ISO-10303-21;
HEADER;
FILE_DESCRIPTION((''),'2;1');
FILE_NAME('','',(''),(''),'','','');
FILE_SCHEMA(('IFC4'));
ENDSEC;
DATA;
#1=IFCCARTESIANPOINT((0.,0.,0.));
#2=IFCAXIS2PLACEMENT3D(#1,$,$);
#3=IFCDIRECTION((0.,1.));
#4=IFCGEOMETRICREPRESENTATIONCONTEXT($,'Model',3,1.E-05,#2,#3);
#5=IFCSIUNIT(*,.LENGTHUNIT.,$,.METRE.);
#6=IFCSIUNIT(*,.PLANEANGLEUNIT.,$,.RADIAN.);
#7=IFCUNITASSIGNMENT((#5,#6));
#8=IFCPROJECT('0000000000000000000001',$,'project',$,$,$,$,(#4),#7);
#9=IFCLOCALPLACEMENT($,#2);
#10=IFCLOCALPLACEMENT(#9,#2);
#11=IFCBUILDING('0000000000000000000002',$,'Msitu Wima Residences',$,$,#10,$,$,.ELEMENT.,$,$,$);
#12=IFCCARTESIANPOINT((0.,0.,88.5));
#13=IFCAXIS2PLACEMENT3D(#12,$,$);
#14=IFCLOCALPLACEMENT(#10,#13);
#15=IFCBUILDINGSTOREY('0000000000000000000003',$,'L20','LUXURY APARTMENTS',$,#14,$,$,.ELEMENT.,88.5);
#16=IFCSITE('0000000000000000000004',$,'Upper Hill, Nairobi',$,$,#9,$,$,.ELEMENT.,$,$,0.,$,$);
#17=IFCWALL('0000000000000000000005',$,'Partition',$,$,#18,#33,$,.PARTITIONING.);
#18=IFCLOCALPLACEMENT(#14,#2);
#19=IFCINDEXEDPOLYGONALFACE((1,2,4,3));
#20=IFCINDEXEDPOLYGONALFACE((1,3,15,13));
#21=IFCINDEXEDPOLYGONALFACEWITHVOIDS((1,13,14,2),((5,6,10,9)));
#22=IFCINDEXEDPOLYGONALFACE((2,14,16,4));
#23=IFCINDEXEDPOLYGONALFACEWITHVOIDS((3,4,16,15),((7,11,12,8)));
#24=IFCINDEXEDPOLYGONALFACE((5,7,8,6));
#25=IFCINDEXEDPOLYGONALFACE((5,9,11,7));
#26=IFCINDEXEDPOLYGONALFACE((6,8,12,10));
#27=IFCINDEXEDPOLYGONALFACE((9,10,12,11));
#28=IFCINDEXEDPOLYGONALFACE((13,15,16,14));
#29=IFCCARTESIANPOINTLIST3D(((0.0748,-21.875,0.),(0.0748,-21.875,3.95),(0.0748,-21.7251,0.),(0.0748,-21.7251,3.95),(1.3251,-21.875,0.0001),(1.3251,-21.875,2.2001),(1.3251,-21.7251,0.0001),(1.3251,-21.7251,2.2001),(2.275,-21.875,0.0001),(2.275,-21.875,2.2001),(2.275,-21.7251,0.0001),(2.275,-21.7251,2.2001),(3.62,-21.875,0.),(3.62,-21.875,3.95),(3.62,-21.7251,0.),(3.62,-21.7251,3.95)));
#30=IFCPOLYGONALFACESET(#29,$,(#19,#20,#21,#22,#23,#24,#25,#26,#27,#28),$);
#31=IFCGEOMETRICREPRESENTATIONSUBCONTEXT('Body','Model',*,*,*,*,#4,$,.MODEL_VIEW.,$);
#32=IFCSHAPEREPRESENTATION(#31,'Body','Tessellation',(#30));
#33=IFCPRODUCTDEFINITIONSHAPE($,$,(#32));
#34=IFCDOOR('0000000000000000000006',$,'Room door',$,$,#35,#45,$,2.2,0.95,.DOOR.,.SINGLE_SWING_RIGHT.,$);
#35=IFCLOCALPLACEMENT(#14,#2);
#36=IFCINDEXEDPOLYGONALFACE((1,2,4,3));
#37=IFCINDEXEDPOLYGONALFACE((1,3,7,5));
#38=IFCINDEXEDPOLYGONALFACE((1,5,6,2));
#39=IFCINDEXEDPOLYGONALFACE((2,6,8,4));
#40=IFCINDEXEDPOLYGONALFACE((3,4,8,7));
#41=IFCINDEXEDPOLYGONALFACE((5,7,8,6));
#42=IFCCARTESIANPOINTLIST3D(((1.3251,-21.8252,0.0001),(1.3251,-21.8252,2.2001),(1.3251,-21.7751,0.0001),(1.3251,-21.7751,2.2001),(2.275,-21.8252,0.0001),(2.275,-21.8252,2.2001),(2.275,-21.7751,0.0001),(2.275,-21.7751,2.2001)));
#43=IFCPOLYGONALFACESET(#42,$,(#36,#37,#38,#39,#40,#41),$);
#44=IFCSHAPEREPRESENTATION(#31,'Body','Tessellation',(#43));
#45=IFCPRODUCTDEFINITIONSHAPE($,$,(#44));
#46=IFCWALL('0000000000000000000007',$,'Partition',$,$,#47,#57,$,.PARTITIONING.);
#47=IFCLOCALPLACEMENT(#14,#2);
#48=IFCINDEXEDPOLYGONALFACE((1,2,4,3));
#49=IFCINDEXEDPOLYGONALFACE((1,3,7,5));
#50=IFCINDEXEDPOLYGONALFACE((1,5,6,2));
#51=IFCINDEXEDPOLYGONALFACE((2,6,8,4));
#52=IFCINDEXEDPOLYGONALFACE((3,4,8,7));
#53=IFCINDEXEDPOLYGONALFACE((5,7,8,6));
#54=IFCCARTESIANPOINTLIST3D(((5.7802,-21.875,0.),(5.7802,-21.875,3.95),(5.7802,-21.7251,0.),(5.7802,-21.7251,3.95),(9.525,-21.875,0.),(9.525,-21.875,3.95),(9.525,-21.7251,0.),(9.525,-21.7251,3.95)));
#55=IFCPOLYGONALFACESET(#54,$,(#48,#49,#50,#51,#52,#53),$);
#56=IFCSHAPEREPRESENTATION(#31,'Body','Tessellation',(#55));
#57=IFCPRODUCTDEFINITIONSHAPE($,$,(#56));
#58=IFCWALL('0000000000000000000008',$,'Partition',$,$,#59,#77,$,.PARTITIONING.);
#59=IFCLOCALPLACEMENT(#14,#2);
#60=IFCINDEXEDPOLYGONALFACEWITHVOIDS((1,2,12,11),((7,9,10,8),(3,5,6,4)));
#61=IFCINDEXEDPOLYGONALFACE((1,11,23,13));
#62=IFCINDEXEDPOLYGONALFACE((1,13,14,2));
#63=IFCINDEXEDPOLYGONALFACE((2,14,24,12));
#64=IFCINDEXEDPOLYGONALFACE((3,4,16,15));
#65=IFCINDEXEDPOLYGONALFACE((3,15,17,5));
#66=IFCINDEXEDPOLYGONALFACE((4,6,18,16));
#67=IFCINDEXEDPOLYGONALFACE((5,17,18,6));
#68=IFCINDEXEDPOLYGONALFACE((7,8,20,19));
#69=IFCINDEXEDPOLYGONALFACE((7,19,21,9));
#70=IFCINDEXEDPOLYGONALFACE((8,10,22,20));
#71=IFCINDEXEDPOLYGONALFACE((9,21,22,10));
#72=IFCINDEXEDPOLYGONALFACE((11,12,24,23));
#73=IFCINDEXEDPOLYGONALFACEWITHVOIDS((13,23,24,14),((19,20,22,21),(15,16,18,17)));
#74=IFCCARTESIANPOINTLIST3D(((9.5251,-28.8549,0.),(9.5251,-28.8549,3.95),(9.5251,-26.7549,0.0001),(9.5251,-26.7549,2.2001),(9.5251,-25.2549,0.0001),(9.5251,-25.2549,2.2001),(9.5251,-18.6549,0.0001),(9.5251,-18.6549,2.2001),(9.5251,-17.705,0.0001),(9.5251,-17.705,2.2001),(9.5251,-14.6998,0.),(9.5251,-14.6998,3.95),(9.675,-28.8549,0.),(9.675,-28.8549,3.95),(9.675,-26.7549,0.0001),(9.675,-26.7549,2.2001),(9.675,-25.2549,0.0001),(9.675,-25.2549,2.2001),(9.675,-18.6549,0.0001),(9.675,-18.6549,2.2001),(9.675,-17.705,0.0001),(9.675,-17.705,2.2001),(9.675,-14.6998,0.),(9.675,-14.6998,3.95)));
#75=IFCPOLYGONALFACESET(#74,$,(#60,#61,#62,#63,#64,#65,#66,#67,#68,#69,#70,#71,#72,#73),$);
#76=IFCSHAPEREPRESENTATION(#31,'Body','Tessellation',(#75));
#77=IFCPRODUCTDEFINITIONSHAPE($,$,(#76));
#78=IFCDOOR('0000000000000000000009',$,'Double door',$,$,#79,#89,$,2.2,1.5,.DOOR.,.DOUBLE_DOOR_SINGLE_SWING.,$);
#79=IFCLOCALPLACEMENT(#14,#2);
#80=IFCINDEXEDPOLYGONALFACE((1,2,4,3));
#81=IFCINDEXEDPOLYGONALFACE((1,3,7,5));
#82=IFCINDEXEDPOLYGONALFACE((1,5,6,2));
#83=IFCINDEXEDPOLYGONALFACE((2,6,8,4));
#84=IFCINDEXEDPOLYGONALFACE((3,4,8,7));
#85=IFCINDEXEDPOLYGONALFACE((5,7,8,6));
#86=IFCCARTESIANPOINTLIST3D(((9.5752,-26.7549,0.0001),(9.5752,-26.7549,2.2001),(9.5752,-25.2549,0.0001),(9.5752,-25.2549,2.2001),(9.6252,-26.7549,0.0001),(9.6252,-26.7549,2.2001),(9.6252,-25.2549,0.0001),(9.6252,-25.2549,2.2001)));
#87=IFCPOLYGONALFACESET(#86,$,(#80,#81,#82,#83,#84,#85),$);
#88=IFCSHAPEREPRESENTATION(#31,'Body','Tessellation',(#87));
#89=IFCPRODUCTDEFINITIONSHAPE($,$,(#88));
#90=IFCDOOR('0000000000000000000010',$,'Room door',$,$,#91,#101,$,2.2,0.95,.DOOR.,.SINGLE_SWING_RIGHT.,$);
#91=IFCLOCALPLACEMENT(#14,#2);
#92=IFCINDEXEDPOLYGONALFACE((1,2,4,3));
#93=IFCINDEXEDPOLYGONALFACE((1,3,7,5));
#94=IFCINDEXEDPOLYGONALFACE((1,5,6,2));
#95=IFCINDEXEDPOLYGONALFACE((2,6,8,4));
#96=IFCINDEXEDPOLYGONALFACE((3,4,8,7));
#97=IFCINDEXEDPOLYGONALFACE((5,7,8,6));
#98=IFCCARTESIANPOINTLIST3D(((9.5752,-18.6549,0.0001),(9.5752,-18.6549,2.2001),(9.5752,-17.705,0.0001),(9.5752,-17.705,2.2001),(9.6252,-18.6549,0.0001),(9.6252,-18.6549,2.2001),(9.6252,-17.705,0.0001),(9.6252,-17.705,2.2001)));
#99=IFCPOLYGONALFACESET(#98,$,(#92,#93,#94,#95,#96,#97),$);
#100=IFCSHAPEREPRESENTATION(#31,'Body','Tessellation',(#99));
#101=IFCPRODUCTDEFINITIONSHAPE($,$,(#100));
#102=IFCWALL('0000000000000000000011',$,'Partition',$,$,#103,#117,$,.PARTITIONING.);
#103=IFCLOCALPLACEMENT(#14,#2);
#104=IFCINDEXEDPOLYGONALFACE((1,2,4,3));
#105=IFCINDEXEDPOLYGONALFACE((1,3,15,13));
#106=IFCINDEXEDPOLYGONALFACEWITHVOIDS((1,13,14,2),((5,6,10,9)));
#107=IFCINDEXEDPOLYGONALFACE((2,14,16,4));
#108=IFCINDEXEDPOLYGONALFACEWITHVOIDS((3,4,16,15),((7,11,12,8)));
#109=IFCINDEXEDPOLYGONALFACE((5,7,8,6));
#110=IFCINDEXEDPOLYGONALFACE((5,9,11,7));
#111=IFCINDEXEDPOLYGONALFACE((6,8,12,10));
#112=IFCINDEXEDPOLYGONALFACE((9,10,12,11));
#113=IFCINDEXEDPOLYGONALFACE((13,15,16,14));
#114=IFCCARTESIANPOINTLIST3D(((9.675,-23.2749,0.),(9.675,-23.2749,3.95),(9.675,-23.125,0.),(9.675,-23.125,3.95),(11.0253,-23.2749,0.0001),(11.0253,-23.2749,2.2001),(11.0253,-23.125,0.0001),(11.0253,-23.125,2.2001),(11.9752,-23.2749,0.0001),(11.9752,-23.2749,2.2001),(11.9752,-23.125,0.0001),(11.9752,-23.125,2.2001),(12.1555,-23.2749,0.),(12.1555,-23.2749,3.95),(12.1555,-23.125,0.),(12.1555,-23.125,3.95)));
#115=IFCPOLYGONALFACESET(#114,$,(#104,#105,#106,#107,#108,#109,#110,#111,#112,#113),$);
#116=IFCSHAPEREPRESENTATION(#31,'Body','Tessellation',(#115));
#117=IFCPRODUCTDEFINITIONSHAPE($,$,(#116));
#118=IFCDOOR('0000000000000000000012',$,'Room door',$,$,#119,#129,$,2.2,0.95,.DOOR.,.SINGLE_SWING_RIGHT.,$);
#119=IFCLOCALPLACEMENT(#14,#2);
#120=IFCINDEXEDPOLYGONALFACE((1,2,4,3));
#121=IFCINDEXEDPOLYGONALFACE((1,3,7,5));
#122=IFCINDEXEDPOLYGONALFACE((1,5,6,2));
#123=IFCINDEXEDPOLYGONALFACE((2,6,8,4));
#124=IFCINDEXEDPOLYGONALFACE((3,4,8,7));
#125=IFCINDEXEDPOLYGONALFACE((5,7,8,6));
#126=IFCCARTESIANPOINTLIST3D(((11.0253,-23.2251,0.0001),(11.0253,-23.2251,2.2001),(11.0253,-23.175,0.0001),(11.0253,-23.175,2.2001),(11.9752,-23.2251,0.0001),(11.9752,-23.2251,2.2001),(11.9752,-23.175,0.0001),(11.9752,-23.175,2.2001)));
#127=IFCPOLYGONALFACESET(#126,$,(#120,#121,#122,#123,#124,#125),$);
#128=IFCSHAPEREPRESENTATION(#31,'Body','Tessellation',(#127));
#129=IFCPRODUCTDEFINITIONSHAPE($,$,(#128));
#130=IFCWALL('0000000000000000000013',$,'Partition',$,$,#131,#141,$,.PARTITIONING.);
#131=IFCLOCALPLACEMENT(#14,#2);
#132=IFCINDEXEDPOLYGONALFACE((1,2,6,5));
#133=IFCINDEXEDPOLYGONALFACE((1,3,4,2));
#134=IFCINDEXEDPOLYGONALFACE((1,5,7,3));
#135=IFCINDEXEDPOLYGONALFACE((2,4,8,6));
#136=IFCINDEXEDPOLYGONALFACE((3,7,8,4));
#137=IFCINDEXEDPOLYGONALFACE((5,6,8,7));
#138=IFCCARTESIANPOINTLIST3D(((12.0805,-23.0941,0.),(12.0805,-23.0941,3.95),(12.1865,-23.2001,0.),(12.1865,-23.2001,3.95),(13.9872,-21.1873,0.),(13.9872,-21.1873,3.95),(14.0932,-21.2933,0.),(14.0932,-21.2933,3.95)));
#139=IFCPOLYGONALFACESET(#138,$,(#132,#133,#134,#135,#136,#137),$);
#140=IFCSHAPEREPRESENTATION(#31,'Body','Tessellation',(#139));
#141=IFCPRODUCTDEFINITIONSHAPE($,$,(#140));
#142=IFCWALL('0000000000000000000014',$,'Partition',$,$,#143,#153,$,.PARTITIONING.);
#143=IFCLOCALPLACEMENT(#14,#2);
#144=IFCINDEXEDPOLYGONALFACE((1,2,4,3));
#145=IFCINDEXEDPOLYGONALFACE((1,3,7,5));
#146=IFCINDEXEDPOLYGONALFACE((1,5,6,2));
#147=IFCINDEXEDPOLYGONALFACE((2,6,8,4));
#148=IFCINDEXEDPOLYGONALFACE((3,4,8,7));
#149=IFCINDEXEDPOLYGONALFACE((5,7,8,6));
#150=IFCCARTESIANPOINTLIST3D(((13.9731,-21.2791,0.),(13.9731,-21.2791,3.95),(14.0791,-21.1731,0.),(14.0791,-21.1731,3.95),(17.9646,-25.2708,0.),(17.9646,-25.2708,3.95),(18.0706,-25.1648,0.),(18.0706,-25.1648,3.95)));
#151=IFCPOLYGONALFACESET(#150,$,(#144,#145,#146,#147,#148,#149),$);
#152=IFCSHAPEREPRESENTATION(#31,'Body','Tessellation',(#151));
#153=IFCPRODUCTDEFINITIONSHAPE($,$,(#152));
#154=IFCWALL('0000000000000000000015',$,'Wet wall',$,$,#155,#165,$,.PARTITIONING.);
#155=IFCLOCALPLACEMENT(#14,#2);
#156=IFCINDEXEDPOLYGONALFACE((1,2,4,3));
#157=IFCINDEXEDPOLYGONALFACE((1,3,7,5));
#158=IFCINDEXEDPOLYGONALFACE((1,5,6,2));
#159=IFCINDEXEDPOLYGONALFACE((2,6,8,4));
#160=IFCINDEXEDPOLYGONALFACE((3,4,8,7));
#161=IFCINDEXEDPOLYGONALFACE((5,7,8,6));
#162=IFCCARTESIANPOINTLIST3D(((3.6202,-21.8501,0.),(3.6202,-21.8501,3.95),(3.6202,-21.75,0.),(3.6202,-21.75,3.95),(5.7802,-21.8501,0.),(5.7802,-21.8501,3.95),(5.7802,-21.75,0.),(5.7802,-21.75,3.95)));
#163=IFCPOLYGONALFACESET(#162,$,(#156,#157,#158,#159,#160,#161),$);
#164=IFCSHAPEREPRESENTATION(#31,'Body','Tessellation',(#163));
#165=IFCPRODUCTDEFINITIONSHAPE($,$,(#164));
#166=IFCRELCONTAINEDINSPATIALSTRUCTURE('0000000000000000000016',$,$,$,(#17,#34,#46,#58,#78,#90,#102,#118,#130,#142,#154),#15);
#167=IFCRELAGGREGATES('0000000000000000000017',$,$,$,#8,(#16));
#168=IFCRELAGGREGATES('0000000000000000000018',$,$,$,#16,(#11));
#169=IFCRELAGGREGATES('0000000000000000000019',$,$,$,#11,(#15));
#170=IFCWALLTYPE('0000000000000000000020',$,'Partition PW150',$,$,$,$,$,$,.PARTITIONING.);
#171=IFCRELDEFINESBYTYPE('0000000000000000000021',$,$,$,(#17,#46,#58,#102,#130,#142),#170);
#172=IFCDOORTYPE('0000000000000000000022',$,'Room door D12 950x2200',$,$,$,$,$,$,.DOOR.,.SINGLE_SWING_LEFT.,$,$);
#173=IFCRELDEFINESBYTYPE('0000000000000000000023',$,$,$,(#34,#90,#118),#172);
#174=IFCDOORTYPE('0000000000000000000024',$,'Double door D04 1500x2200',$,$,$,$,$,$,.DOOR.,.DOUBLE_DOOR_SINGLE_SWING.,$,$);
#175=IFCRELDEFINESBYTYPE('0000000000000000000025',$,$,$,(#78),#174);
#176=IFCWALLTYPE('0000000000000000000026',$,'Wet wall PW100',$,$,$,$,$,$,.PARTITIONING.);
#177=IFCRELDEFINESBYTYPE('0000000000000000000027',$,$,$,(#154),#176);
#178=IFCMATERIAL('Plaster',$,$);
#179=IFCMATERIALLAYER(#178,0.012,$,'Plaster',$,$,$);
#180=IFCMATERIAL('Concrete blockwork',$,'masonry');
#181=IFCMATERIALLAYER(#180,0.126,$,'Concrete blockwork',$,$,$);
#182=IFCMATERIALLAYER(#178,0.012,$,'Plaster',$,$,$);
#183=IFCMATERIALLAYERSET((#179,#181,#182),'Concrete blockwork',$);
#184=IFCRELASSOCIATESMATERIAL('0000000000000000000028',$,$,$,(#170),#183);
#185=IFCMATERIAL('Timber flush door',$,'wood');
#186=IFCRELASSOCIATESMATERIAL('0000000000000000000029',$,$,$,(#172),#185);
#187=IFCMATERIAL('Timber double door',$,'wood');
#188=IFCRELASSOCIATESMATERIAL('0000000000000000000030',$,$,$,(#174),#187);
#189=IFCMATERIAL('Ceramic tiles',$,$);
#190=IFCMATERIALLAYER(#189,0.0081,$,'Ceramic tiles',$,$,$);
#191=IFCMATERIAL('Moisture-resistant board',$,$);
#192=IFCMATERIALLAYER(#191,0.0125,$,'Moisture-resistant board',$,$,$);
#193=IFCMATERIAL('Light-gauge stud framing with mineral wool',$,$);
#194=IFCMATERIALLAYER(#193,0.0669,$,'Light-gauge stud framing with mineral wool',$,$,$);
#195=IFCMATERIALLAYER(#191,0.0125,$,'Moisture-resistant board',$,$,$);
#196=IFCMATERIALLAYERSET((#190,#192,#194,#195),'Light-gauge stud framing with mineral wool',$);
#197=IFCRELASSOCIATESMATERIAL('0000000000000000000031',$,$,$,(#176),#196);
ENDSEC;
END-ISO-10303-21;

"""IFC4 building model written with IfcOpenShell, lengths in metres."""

from ifc_helpers import new_model, si_unit, direction, frame, frame_2d, origin, place, context, subcontext, project, spatial, rectangle, extrude, material, layer, layer_set, type_object, element, fill, save


model = new_model("IFC4")

# Units and contexts
model_context = context("Model", 3, precision=1e-05, world=origin(), true_north=direction((0.0, 1.0)))
body_context = subcontext(model_context, "Body", "Model", "MODEL_VIEW")
ifc_project = project(units=[si_unit("LENGTHUNIT", "METRE"), si_unit("PLANEANGLEUNIT", "RADIAN")], contexts=[model_context])

# Site, building, storey
site_placement = place(None, origin())
site = spatial("IfcSite", under=ifc_project, at=site_placement, Name="Upper Hill, Nairobi", CompositionType="ELEMENT", RefElevation=0.0)
building_placement = place(site_placement, origin())
building = spatial("IfcBuilding", under=site, at=building_placement, Name="Msitu Wima Residences", CompositionType="ELEMENT")
storey_placement = place(building_placement, frame((0.0, 0.0, 88.5)))
storey = spatial("IfcBuildingStorey", under=building, at=storey_placement, Name="L20", Description="LUXURY APARTMENTS", CompositionType="ELEMENT", Elevation=88.5)

# Wall, opening, door
ifc_material_1 = material(Name="Plaster")
ifc_layer_1 = layer(ifc_material_1, 0.012, Name="Plaster")
ifc_material_2 = material(Name="Concrete blockwork", Category="masonry")
ifc_layer_2 = layer(ifc_material_2, 0.126, Name="Concrete blockwork")
ifc_layer_3 = layer(ifc_material_1, 0.012, Name="Plaster")
ifc_layer_set_1 = layer_set([ifc_layer_1, ifc_layer_2, ifc_layer_3], Name="Concrete blockwork")
wall_type_1 = type_object("IfcWallType", Name="Partition PW150", PredefinedType="PARTITIONING", material=ifc_layer_set_1)
ifc_material_3 = material(Name="Timber flush door", Category="wood")
door_type_1 = type_object("IfcDoorType", Name="Room door D12 950x2200", OperationType="SINGLE_SWING_LEFT", PredefinedType="DOOR", material=ifc_material_3)
wall_1_placement = place(storey_placement, frame((0.075, -21.8, 0.0), z_axis=(0.0, 0.0, 1.0), x_axis=(1.0, 0.0, 0.0)))
wall_1 = element("IfcWall", 1, at=wall_1_placement, inside=storey, type_object=wall_type_1, Name="Partition", PredefinedType="PARTITIONING", context=body_context, shape_type="SweptSolid", body=[
    extrude(rectangle(XDim=3.5452, YDim=0.1499, at=frame_2d((1.7725, 0.0))), origin(), (0.0, 0.0, 1.0), 3.95),
])
opening_1_placement = place(wall_1_placement, frame((1.25, 0.0, 0.0)))
opening_1 = element("IfcOpeningElement", 2, at=opening_1_placement, cuts=wall_1, PredefinedType="OPENING", context=body_context, shape_type="SweptSolid", body=[
    extrude(rectangle(XDim=0.95, YDim=2.2, at=frame_2d((0.4751, 1.1001))), frame((0.0, 0.085, 0.0), z_axis=(0.0, -1.0, 0.0), x_axis=(1.0, 0.0, 0.0)), (0.0, 0.0, 1.0), 0.1699),
])
door_1_placement = place(opening_1_placement, origin())
door_1 = element("IfcDoor", 3, at=door_1_placement, inside=storey, type_object=door_type_1, Name="Room door", OperationType="SINGLE_SWING_RIGHT", OverallHeight=2.2, OverallWidth=0.95, PredefinedType="DOOR", context=body_context, shape_type="SweptSolid", body=[
    extrude(rectangle(XDim=0.95, YDim=2.2, at=frame_2d((0.4751, 1.1001))), frame((0.0, 0.0249, 0.0), z_axis=(0.0, -1.0, 0.0), x_axis=(1.0, 0.0, 0.0)), (0.0, 0.0, 1.0), 0.05),
])
fill(opening_1, door_1)

# Wall
wall_2_placement = place(storey_placement, frame((5.78, -21.8, 0.0), z_axis=(0.0, 0.0, 1.0), x_axis=(1.0, 0.0, 0.0)))
element("IfcWall", 4, at=wall_2_placement, inside=storey, type_object=wall_type_1, Name="Partition", PredefinedType="PARTITIONING", context=body_context, shape_type="SweptSolid", body=[
    extrude(rectangle(XDim=3.7449, YDim=0.1499, at=frame_2d((1.8726, 0.0))), origin(), (0.0, 0.0, 1.0), 3.95),
])

# Wall, openings, doors
wall_3_placement = place(storey_placement, frame((9.6001, -28.855, 0.0), z_axis=(0.0, 0.0, 1.0), x_axis=(0.0, 1.0, 0.0)))
wall_3 = element("IfcWall", 5, at=wall_3_placement, inside=storey, type_object=wall_type_1, Name="Partition", PredefinedType="PARTITIONING", context=body_context, shape_type="SweptSolid", body=[
    extrude(rectangle(XDim=14.155, YDim=0.1499, at=frame_2d((7.0776, 0.0))), origin(), (0.0, 0.0, 1.0), 3.95),
])
opening_2_placement = place(wall_3_placement, frame((2.1001, 0.0, 0.0)))
opening_2 = element("IfcOpeningElement", 6, at=opening_2_placement, cuts=wall_3, PredefinedType="OPENING", context=body_context, shape_type="SweptSolid", body=[
    extrude(rectangle(XDim=1.5, YDim=2.2, at=frame_2d((0.75, 1.1001))), frame((0.0, 0.085, 0.0), z_axis=(0.0, -1.0, 0.0), x_axis=(1.0, 0.0, 0.0)), (0.0, 0.0, 1.0), 0.1699),
])
opening_3_placement = place(wall_3_placement, frame((10.2, 0.0, 0.0)))
opening_3 = element("IfcOpeningElement", 7, at=opening_3_placement, cuts=wall_3, PredefinedType="OPENING", context=body_context, shape_type="SweptSolid", body=[
    extrude(rectangle(XDim=0.95, YDim=2.2, at=frame_2d((0.4751, 1.1001))), frame((0.0, 0.085, 0.0), z_axis=(0.0, -1.0, 0.0), x_axis=(1.0, 0.0, 0.0)), (0.0, 0.0, 1.0), 0.1699),
])
ifc_material_4 = material(Name="Timber double door", Category="wood")
door_type_2 = type_object("IfcDoorType", Name="Double door D04 1500x2200", OperationType="DOUBLE_DOOR_SINGLE_SWING", PredefinedType="DOOR", material=ifc_material_4)
door_2_placement = place(opening_2_placement, origin())
door_2 = element("IfcDoor", 8, at=door_2_placement, inside=storey, type_object=door_type_2, Name="Double door", OperationType="DOUBLE_DOOR_SINGLE_SWING", OverallHeight=2.2, OverallWidth=1.5, PredefinedType="DOOR", context=body_context, shape_type="SweptSolid", body=[
    extrude(rectangle(XDim=1.5, YDim=2.2, at=frame_2d((0.75, 1.1001))), frame((0.0, 0.0249, 0.0), z_axis=(0.0, -1.0, 0.0), x_axis=(1.0, 0.0, 0.0)), (0.0, 0.0, 1.0), 0.05),
])
fill(opening_2, door_2)
door_3_placement = place(opening_3_placement, origin())
door_3 = element("IfcDoor", 9, at=door_3_placement, inside=storey, type_object=door_type_1, Name="Room door", OperationType="SINGLE_SWING_RIGHT", OverallHeight=2.2, OverallWidth=0.95, PredefinedType="DOOR", context=body_context, shape_type="SweptSolid", body=[
    extrude(rectangle(XDim=0.95, YDim=2.2, at=frame_2d((0.4751, 1.1001))), frame((0.0, 0.0249, 0.0), z_axis=(0.0, -1.0, 0.0), x_axis=(1.0, 0.0, 0.0)), (0.0, 0.0, 1.0), 0.05),
])
fill(opening_3, door_3)

# Wall, opening, door
wall_4_placement = place(storey_placement, frame((9.675, -23.2, 0.0), z_axis=(0.0, 0.0, 1.0), x_axis=(1.0, 0.0, 0.0)))
wall_4 = element("IfcWall", 10, at=wall_4_placement, inside=storey, type_object=wall_type_1, Name="Partition", PredefinedType="PARTITIONING", context=body_context, shape_type="SweptSolid", body=[
    extrude(rectangle(XDim=2.4805, YDim=0.1499, at=frame_2d((1.2402, 0.0))), origin(), (0.0, 0.0, 1.0), 3.95),
])
opening_4_placement = place(wall_4_placement, frame((1.3501, 0.0, 0.0)))
opening_4 = element("IfcOpeningElement", 11, at=opening_4_placement, cuts=wall_4, PredefinedType="OPENING", context=body_context, shape_type="SweptSolid", body=[
    extrude(rectangle(XDim=0.95, YDim=2.2, at=frame_2d((0.4751, 1.1001))), frame((0.0, 0.085, 0.0), z_axis=(0.0, -1.0, 0.0), x_axis=(1.0, 0.0, 0.0)), (0.0, 0.0, 1.0), 0.1699),
])
door_4_placement = place(opening_4_placement, origin())
door_4 = element("IfcDoor", 12, at=door_4_placement, inside=storey, type_object=door_type_1, Name="Room door", OperationType="SINGLE_SWING_RIGHT", OverallHeight=2.2, OverallWidth=0.95, PredefinedType="DOOR", context=body_context, shape_type="SweptSolid", body=[
    extrude(rectangle(XDim=0.95, YDim=2.2, at=frame_2d((0.4751, 1.1001))), frame((0.0, 0.0249, 0.0), z_axis=(0.0, -1.0, 0.0), x_axis=(1.0, 0.0, 0.0)), (0.0, 0.0, 1.0), 0.05),
])
fill(opening_4, door_4)

# Walls
wall_5_placement = place(storey_placement, frame((12.1335, -23.147, 0.0), z_axis=(0.0, 0.0, 1.0), x_axis=(0.707107, 0.707107, 0.0)))
element("IfcWall", 13, at=wall_5_placement, inside=storey, type_object=wall_type_1, Name="Partition", PredefinedType="PARTITIONING", context=body_context, shape_type="SweptSolid", body=[
    extrude(rectangle(XDim=2.6965, YDim=0.1499, at=frame_2d((1.3481, 0.0))), origin(), (0.0, 0.0, 1.0), 3.95),
])
wall_6_placement = place(storey_placement, frame((14.0261, -21.2261, 0.0), z_axis=(0.0, 0.0, 1.0), x_axis=(0.707085, -0.707128, 0.0)))
element("IfcWall", 14, at=wall_6_placement, inside=storey, type_object=wall_type_1, Name="Partition", PredefinedType="PARTITIONING", context=body_context, shape_type="SweptSolid", body=[
    extrude(rectangle(XDim=5.645, YDim=0.1499, at=frame_2d((2.8225, 0.0))), origin(), (0.0, 0.0, 1.0), 3.95),
])
ifc_material_5 = material(Name="Ceramic tiles")
ifc_layer_4 = layer(ifc_material_5, 0.0081, Name="Ceramic tiles")
ifc_material_6 = material(Name="Moisture-resistant board")
ifc_layer_5 = layer(ifc_material_6, 0.0125, Name="Moisture-resistant board")
ifc_material_7 = material(Name="Light-gauge stud framing with mineral wool")
ifc_layer_6 = layer(ifc_material_7, 0.0669, Name="Light-gauge stud framing with mineral wool")
ifc_layer_7 = layer(ifc_material_6, 0.0125, Name="Moisture-resistant board")
ifc_layer_set_2 = layer_set([ifc_layer_4, ifc_layer_5, ifc_layer_6, ifc_layer_7], Name="Light-gauge stud framing with mineral wool")
wall_type_2 = type_object("IfcWallType", Name="Wet wall PW100", PredefinedType="PARTITIONING", material=ifc_layer_set_2)
wall_7_placement = place(storey_placement, frame((3.6201, -21.8, 0.0), z_axis=(0.0, 0.0, 1.0), x_axis=(1.0, 0.0, 0.0)))
element("IfcWall", 15, at=wall_7_placement, inside=storey, type_object=wall_type_2, Name="Wet wall", PredefinedType="PARTITIONING", context=body_context, shape_type="SweptSolid", body=[
    extrude(rectangle(XDim=2.1599, YDim=0.1001, at=frame_2d((1.0801, 0.0))), origin(), (0.0, 0.0, 1.0), 3.95),
])

save(model, "model.ifc")
